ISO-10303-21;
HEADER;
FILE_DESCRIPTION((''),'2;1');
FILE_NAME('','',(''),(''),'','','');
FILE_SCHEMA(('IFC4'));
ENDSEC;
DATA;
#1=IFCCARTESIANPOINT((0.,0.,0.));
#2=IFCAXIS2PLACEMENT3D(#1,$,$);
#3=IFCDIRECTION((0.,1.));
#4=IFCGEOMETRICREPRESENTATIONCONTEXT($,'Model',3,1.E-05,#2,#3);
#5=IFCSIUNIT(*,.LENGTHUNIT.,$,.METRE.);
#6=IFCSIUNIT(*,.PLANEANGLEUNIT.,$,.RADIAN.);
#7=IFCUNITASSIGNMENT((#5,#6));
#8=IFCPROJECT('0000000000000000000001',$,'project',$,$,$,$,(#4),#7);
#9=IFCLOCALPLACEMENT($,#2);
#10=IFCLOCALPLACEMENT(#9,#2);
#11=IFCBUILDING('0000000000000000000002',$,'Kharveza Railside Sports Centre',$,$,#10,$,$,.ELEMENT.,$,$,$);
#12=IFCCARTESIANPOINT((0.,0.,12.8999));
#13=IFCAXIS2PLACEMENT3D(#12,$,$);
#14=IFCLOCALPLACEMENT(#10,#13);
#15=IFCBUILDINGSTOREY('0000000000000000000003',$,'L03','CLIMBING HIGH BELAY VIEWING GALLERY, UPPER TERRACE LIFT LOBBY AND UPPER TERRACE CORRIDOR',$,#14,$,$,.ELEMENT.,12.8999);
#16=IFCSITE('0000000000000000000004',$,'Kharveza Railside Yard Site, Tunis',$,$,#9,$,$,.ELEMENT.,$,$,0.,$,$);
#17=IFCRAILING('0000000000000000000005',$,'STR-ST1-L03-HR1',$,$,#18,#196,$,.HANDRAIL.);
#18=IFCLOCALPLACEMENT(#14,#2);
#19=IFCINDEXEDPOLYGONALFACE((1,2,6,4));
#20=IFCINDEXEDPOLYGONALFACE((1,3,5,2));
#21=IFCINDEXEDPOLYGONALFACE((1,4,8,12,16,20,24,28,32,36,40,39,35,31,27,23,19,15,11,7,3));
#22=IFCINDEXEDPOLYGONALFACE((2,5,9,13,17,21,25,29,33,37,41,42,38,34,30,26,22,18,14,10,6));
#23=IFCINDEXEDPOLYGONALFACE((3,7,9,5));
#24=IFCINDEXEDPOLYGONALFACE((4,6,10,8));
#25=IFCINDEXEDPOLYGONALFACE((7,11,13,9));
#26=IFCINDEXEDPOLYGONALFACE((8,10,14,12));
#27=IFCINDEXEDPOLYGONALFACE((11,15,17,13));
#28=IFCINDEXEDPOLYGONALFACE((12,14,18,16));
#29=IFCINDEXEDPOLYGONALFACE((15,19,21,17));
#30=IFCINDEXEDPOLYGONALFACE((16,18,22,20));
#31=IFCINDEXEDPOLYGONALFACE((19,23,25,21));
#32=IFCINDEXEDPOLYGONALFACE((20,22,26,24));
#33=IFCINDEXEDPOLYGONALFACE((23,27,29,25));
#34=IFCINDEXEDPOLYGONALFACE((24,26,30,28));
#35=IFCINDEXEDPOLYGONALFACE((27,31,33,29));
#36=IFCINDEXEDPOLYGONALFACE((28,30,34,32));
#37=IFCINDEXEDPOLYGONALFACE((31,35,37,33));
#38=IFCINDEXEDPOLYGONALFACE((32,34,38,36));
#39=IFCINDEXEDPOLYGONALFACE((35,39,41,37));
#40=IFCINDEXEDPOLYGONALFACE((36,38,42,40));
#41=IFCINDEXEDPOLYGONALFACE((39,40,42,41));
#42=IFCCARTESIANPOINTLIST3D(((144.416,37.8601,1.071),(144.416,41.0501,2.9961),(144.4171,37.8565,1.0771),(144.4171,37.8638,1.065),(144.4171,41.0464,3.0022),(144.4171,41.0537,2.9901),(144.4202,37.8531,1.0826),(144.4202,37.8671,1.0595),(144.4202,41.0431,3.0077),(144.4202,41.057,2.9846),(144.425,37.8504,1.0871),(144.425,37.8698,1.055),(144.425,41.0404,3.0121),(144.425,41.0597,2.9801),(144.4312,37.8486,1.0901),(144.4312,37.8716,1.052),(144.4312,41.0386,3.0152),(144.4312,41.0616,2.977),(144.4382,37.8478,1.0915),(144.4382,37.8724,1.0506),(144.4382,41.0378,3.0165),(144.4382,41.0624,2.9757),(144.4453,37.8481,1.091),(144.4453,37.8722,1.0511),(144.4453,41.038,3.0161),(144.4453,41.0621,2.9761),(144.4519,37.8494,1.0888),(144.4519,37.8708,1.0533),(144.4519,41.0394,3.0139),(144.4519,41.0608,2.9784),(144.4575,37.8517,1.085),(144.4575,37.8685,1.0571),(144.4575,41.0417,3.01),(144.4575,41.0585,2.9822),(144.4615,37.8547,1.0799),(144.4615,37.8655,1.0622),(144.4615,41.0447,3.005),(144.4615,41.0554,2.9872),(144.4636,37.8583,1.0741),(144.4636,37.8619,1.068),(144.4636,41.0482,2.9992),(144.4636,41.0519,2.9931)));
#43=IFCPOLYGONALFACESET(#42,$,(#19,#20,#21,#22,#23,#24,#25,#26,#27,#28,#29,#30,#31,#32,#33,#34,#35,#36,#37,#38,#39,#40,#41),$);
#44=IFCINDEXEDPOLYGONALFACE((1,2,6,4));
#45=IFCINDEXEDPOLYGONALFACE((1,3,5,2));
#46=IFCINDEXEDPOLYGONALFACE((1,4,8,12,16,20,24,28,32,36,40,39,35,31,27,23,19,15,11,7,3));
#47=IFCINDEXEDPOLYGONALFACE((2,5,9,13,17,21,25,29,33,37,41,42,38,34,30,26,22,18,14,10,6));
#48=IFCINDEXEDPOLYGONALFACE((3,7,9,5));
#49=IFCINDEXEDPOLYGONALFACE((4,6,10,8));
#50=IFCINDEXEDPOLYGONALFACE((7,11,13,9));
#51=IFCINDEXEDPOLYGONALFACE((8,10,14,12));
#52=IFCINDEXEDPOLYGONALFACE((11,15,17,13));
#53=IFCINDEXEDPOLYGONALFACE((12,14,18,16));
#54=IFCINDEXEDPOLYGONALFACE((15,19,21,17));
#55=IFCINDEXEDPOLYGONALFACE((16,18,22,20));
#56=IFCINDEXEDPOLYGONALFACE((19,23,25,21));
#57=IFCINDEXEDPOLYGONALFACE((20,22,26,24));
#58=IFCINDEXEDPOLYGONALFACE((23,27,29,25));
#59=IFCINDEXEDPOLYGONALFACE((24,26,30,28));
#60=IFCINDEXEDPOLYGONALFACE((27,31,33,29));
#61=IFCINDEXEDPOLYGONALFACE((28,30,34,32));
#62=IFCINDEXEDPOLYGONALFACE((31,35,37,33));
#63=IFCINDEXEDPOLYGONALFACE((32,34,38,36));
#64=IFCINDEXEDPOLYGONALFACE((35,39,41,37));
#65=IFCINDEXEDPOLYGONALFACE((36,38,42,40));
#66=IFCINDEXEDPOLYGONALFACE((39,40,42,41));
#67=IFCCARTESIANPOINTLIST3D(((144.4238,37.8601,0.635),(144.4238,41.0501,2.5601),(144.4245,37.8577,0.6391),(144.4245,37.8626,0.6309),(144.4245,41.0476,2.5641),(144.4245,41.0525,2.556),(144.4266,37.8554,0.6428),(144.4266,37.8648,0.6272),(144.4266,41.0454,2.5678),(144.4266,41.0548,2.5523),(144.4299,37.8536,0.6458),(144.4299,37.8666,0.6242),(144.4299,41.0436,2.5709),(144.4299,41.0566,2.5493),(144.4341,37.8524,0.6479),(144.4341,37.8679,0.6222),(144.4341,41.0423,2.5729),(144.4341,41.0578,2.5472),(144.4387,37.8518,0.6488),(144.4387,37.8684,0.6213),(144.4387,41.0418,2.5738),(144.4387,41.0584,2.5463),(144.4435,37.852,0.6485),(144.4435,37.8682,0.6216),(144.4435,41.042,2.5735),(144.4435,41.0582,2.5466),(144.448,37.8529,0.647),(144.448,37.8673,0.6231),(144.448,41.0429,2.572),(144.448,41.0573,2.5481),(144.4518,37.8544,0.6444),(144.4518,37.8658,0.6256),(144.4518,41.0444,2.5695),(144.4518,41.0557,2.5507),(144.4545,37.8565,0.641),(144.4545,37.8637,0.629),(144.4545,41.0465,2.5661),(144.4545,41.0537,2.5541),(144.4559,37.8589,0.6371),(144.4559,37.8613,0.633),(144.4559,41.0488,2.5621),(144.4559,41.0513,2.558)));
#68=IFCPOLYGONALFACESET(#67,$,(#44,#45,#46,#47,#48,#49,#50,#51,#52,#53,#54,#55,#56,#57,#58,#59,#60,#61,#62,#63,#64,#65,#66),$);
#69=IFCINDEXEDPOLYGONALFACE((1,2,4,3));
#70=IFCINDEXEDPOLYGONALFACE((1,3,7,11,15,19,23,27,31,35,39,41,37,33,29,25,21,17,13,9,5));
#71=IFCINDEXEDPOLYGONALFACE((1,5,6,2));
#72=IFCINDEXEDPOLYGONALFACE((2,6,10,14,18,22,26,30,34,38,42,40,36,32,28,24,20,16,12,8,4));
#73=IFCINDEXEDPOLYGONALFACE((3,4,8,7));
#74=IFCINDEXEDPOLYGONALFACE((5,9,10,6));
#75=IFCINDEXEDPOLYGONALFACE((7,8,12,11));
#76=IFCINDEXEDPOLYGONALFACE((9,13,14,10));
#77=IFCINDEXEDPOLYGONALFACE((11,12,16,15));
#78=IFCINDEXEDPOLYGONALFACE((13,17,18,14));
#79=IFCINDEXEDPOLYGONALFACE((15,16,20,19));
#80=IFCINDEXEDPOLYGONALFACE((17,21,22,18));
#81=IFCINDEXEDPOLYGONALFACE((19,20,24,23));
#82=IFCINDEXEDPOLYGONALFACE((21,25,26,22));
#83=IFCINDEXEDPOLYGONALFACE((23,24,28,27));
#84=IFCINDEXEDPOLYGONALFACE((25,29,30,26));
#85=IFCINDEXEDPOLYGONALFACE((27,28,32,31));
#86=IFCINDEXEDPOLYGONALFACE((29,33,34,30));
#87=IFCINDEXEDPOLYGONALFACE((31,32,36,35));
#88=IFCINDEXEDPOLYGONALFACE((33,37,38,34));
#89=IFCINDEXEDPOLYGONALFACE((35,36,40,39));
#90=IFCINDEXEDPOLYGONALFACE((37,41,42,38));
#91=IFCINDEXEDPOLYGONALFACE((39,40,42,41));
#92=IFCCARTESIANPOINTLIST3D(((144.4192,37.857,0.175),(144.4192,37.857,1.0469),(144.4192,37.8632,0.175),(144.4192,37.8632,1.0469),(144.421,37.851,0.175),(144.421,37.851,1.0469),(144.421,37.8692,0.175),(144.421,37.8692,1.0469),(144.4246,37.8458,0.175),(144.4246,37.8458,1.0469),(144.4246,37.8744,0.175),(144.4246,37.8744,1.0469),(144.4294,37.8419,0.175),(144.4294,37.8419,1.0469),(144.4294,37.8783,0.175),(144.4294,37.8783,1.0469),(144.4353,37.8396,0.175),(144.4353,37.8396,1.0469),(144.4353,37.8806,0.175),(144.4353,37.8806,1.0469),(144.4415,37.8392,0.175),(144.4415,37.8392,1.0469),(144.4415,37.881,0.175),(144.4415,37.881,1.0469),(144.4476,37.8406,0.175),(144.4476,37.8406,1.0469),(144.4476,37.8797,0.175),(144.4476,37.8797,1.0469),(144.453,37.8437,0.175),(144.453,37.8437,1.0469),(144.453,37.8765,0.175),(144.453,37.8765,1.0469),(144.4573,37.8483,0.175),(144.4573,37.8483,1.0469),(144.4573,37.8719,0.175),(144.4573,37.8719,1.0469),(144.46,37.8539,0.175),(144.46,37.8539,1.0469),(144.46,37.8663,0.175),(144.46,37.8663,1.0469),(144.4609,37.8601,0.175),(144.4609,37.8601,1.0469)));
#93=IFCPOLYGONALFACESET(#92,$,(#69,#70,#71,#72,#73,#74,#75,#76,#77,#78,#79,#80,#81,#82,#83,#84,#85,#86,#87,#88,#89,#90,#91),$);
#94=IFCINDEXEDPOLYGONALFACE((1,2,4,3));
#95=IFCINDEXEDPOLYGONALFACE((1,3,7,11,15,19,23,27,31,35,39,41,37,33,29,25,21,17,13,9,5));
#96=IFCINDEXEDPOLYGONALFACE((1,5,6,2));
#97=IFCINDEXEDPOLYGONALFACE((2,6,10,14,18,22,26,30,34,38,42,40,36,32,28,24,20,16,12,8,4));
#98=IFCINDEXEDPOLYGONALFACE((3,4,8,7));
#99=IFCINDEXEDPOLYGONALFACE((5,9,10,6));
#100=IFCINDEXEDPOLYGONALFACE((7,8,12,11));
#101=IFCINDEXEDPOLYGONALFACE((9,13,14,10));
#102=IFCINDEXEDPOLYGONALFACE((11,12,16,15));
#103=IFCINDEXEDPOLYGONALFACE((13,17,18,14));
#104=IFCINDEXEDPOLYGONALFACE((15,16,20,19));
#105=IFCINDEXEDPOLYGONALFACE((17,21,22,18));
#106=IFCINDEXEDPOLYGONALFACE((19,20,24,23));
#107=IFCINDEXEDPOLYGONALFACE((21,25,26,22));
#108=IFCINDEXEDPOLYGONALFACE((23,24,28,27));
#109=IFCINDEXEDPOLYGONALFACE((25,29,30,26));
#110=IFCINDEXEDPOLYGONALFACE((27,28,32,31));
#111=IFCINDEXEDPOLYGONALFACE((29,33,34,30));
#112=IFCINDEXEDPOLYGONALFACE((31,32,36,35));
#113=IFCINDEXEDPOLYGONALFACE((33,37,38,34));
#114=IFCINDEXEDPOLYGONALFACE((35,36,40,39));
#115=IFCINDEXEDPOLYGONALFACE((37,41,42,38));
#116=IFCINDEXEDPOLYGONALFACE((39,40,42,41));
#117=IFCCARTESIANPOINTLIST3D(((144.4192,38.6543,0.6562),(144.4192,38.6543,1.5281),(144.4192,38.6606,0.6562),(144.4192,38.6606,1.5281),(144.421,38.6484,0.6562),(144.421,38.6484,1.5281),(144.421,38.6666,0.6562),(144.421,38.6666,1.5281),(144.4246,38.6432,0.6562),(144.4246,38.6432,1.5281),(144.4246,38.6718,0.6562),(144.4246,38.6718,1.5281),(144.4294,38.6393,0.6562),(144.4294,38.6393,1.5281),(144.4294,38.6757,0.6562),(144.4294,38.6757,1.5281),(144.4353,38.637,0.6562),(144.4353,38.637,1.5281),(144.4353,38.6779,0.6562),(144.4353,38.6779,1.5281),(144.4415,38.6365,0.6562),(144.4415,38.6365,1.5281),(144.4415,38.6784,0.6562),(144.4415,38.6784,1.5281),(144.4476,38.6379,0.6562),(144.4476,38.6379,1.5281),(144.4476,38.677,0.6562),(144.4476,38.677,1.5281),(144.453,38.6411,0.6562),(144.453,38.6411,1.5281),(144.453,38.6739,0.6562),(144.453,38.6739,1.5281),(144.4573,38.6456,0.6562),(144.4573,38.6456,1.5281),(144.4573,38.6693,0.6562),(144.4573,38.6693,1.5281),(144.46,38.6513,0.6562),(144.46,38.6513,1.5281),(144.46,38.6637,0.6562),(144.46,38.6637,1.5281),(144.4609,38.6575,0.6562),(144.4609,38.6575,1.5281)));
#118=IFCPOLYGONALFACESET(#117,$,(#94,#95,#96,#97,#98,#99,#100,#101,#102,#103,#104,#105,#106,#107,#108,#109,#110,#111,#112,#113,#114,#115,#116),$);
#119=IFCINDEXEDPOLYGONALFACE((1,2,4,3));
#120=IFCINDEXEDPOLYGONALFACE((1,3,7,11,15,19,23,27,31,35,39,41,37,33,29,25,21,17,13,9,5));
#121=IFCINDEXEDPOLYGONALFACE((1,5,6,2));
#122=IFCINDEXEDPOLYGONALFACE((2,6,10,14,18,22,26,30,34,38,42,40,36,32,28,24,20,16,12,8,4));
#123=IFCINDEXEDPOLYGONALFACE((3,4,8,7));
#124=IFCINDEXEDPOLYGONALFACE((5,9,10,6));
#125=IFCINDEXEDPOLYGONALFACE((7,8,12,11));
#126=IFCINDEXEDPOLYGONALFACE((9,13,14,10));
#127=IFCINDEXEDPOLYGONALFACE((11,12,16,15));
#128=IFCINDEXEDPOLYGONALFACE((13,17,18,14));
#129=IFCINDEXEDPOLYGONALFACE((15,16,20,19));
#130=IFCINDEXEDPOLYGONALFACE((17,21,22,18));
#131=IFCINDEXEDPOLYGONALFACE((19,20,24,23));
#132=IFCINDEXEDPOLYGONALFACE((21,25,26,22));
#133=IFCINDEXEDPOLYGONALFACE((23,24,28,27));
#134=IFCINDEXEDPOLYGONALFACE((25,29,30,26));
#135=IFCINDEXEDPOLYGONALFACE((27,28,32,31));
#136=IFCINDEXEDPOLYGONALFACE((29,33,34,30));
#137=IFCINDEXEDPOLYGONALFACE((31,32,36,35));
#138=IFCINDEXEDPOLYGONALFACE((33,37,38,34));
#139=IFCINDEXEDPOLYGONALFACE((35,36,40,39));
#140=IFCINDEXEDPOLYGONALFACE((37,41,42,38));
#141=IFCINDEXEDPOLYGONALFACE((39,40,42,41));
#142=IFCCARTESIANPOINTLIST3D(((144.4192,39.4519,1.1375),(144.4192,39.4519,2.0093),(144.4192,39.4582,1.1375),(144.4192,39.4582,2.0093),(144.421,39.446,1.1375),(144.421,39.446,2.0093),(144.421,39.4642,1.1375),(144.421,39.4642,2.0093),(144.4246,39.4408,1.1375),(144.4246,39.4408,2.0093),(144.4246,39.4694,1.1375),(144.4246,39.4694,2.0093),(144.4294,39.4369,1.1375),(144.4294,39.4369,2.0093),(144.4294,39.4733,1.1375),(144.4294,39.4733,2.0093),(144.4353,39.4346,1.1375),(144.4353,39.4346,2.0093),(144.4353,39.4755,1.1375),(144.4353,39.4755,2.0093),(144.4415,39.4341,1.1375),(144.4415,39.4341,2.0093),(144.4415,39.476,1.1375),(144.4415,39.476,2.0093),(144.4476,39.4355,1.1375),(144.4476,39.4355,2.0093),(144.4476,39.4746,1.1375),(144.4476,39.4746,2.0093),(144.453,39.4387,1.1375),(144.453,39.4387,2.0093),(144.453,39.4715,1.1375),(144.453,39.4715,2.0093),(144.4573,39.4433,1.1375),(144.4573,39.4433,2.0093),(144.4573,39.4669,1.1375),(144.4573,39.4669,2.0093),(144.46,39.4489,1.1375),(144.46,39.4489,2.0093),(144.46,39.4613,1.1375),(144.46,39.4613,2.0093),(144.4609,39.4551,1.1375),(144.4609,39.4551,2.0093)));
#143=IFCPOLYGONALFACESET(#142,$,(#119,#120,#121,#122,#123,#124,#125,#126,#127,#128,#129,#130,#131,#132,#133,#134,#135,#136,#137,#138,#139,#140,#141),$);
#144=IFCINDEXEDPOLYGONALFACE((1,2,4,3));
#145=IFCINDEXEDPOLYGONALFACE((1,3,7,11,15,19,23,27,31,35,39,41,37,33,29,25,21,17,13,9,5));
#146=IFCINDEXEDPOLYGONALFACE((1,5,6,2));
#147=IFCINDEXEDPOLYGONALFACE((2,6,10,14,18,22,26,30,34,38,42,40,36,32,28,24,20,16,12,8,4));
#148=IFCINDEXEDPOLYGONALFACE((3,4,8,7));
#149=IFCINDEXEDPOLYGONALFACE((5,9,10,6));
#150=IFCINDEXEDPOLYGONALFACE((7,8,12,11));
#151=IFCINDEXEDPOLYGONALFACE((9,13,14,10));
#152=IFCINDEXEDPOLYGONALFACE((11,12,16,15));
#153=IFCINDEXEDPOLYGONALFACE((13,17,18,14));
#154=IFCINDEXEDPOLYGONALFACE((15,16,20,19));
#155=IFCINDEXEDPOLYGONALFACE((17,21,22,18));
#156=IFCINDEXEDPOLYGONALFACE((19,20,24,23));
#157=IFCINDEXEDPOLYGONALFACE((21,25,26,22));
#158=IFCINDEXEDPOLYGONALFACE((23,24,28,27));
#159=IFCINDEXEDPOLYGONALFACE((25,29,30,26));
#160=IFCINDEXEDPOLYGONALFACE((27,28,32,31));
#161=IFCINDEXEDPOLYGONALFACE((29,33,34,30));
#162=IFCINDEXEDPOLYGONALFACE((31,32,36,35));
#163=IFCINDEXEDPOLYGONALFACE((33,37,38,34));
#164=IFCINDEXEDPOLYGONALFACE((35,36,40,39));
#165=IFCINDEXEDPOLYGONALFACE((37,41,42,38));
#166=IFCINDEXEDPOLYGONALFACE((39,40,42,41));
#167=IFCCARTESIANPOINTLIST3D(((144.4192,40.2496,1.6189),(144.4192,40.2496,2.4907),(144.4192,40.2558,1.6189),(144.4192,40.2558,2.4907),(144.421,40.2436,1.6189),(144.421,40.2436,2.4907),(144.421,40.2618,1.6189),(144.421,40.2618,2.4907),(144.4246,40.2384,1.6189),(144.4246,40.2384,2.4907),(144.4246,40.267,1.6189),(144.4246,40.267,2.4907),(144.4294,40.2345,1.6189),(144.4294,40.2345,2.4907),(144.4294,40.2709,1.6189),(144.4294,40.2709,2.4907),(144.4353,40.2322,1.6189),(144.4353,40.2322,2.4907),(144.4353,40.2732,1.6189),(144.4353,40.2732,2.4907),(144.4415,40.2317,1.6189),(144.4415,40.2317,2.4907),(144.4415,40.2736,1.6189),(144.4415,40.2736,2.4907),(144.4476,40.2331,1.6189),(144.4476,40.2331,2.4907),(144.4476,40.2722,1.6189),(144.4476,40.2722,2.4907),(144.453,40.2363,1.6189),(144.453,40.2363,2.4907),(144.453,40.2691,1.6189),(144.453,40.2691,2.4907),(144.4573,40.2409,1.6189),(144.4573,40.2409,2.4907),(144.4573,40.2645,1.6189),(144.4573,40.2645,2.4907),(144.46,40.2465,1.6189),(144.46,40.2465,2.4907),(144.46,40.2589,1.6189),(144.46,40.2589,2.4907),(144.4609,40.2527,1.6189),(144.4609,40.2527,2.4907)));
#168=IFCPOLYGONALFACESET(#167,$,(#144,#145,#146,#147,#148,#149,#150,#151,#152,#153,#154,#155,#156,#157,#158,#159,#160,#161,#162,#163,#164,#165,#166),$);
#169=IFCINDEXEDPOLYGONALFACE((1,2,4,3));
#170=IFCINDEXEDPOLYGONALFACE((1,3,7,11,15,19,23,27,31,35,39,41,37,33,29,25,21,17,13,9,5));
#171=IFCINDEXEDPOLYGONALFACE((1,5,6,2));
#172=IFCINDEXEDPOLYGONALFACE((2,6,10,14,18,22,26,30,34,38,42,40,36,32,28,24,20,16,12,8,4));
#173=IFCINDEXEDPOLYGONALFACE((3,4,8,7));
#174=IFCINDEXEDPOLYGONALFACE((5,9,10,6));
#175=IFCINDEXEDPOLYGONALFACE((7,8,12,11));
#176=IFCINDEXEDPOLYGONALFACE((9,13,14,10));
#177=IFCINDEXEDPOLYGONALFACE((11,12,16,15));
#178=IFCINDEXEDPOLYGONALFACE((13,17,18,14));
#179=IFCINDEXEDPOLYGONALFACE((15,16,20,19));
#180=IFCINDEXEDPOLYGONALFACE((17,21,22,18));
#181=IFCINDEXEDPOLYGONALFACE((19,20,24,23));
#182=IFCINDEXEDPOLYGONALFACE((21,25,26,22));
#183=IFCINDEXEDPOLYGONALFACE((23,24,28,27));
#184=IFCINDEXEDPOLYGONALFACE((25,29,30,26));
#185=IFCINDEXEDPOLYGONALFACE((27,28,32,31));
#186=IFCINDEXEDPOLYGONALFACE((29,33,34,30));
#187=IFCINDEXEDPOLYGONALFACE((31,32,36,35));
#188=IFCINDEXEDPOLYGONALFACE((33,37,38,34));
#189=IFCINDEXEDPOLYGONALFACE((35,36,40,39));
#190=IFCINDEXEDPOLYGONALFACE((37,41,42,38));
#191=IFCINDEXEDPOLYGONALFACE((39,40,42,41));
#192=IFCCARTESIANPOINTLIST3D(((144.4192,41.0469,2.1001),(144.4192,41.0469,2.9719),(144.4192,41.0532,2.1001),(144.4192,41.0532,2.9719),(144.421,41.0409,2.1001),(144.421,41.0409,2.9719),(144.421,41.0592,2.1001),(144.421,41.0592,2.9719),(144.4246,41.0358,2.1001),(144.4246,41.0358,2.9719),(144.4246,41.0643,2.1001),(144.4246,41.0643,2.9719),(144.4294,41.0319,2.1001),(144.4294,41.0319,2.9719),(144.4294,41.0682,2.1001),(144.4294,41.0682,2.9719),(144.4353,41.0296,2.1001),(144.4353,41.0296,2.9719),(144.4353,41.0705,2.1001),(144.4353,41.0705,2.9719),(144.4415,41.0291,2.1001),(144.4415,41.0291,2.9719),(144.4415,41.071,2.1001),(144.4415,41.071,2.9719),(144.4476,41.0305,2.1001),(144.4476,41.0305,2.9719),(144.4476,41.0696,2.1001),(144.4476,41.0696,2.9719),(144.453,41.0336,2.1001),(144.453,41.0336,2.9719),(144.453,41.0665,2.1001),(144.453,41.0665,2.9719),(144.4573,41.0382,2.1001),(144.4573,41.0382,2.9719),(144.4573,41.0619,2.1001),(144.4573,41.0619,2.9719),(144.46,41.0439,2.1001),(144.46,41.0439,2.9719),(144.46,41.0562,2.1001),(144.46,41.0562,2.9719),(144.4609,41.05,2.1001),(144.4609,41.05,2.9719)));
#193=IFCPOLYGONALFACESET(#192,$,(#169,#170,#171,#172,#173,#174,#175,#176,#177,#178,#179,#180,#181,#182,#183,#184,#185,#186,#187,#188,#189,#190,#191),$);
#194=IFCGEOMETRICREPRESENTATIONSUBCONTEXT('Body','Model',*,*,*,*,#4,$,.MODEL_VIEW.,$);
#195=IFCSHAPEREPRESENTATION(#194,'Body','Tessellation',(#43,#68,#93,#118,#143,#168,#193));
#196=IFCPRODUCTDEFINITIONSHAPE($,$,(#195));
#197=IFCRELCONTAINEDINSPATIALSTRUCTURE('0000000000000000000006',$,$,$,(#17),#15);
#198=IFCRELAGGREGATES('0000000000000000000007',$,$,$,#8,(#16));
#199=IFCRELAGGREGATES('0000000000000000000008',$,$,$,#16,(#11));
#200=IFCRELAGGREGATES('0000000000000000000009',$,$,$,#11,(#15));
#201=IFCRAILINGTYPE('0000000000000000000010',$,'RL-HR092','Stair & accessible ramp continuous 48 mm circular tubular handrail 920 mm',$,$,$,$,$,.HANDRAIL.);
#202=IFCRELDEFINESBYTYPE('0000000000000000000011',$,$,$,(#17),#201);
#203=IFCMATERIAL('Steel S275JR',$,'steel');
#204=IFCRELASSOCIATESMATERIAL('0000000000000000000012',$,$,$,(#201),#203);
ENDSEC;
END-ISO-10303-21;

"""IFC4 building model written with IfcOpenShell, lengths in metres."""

from ifc_helpers import new_model, si_unit, direction, frame, origin, origin_2d, place, context, subcontext, project, spatial, circle, extrude, material, type_object, element, save


model = new_model("IFC4")

# Units and contexts
model_context = context("Model", 3, precision=1e-05, world=origin(), true_north=direction((0.0, 1.0)))
body_context = subcontext(model_context, "Body", "Model", "MODEL_VIEW")
ifc_project = project(units=[si_unit("LENGTHUNIT", "METRE"), si_unit("PLANEANGLEUNIT", "RADIAN")], contexts=[model_context])

# Site, building, storey
site_placement = place(None, origin())
site = spatial("IfcSite", under=ifc_project, at=site_placement, Name="Kharveza Railside Yard Site, Tunis", CompositionType="ELEMENT", RefElevation=0.0)
building_placement = place(site_placement, origin())
building = spatial("IfcBuilding", under=site, at=building_placement, Name="Kharveza Railside Sports Centre", CompositionType="ELEMENT")
storey_placement = place(building_placement, frame((0.0, 0.0, 12.8999)))
storey = spatial("IfcBuildingStorey", under=building, at=storey_placement, Name="L03", Description="CLIMBING HIGH BELAY VIEWING GALLERY, UPPER TERRACE LIFT LOBBY AND UPPER TERRACE CORRIDOR", CompositionType="ELEMENT", Elevation=12.8999)

# Railing
ifc_material_1 = material(Name="Steel S275JR", Category="steel")
railing_type_1 = type_object("IfcRailingType", Name="RL-HR092", Description="Stair & accessible ramp continuous 48 mm circular tubular handrail 920 mm", PredefinedType="HANDRAIL", material=ifc_material_1)
railing_1_placement = place(storey_placement, frame((144.4399, 37.8601, 0.175)))
element("IfcRailing", 1, at=railing_1_placement, inside=storey, type_object=railing_type_1, Name="STR-ST1-L03-HR1", PredefinedType="HANDRAIL", context=body_context, shape_type="SweptSolid", body=[
    extrude(circle(Radius=0.0239, at=origin_2d()), frame((0.0, 0.0, 0.896), z_axis=(0.0, 0.856178, 0.516682), x_axis=(-1.0, 0.0, 0.0)), (0.0, 0.0, 1.0), 3.7258),
    extrude(circle(Radius=0.0161, at=origin_2d()), frame((0.0, 0.0, 0.46), z_axis=(0.0, 0.856178, 0.516682), x_axis=(-1.0, 0.0, 0.0)), (0.0, 0.0, 1.0), 3.7258),
    extrude(circle(Radius=0.021, at=origin_2d()), origin(), (0.0, 0.0, 1.0), 0.8718),
    extrude(circle(Radius=0.021, at=origin_2d()), frame((0.0, 0.7974, 0.4812)), (0.0, 0.0, 1.0), 0.8718),
    extrude(circle(Radius=0.021, at=origin_2d()), frame((0.0, 1.595, 0.9624)), (0.0, 0.0, 1.0), 0.8718),
    extrude(circle(Radius=0.021, at=origin_2d()), frame((0.0, 2.3926, 1.4438)), (0.0, 0.0, 1.0), 0.8718),
    extrude(circle(Radius=0.021, at=origin_2d()), frame((0.0, 3.1899, 1.925)), (0.0, 0.0, 1.0), 0.8718),
])

save(model, "model.ifc")
